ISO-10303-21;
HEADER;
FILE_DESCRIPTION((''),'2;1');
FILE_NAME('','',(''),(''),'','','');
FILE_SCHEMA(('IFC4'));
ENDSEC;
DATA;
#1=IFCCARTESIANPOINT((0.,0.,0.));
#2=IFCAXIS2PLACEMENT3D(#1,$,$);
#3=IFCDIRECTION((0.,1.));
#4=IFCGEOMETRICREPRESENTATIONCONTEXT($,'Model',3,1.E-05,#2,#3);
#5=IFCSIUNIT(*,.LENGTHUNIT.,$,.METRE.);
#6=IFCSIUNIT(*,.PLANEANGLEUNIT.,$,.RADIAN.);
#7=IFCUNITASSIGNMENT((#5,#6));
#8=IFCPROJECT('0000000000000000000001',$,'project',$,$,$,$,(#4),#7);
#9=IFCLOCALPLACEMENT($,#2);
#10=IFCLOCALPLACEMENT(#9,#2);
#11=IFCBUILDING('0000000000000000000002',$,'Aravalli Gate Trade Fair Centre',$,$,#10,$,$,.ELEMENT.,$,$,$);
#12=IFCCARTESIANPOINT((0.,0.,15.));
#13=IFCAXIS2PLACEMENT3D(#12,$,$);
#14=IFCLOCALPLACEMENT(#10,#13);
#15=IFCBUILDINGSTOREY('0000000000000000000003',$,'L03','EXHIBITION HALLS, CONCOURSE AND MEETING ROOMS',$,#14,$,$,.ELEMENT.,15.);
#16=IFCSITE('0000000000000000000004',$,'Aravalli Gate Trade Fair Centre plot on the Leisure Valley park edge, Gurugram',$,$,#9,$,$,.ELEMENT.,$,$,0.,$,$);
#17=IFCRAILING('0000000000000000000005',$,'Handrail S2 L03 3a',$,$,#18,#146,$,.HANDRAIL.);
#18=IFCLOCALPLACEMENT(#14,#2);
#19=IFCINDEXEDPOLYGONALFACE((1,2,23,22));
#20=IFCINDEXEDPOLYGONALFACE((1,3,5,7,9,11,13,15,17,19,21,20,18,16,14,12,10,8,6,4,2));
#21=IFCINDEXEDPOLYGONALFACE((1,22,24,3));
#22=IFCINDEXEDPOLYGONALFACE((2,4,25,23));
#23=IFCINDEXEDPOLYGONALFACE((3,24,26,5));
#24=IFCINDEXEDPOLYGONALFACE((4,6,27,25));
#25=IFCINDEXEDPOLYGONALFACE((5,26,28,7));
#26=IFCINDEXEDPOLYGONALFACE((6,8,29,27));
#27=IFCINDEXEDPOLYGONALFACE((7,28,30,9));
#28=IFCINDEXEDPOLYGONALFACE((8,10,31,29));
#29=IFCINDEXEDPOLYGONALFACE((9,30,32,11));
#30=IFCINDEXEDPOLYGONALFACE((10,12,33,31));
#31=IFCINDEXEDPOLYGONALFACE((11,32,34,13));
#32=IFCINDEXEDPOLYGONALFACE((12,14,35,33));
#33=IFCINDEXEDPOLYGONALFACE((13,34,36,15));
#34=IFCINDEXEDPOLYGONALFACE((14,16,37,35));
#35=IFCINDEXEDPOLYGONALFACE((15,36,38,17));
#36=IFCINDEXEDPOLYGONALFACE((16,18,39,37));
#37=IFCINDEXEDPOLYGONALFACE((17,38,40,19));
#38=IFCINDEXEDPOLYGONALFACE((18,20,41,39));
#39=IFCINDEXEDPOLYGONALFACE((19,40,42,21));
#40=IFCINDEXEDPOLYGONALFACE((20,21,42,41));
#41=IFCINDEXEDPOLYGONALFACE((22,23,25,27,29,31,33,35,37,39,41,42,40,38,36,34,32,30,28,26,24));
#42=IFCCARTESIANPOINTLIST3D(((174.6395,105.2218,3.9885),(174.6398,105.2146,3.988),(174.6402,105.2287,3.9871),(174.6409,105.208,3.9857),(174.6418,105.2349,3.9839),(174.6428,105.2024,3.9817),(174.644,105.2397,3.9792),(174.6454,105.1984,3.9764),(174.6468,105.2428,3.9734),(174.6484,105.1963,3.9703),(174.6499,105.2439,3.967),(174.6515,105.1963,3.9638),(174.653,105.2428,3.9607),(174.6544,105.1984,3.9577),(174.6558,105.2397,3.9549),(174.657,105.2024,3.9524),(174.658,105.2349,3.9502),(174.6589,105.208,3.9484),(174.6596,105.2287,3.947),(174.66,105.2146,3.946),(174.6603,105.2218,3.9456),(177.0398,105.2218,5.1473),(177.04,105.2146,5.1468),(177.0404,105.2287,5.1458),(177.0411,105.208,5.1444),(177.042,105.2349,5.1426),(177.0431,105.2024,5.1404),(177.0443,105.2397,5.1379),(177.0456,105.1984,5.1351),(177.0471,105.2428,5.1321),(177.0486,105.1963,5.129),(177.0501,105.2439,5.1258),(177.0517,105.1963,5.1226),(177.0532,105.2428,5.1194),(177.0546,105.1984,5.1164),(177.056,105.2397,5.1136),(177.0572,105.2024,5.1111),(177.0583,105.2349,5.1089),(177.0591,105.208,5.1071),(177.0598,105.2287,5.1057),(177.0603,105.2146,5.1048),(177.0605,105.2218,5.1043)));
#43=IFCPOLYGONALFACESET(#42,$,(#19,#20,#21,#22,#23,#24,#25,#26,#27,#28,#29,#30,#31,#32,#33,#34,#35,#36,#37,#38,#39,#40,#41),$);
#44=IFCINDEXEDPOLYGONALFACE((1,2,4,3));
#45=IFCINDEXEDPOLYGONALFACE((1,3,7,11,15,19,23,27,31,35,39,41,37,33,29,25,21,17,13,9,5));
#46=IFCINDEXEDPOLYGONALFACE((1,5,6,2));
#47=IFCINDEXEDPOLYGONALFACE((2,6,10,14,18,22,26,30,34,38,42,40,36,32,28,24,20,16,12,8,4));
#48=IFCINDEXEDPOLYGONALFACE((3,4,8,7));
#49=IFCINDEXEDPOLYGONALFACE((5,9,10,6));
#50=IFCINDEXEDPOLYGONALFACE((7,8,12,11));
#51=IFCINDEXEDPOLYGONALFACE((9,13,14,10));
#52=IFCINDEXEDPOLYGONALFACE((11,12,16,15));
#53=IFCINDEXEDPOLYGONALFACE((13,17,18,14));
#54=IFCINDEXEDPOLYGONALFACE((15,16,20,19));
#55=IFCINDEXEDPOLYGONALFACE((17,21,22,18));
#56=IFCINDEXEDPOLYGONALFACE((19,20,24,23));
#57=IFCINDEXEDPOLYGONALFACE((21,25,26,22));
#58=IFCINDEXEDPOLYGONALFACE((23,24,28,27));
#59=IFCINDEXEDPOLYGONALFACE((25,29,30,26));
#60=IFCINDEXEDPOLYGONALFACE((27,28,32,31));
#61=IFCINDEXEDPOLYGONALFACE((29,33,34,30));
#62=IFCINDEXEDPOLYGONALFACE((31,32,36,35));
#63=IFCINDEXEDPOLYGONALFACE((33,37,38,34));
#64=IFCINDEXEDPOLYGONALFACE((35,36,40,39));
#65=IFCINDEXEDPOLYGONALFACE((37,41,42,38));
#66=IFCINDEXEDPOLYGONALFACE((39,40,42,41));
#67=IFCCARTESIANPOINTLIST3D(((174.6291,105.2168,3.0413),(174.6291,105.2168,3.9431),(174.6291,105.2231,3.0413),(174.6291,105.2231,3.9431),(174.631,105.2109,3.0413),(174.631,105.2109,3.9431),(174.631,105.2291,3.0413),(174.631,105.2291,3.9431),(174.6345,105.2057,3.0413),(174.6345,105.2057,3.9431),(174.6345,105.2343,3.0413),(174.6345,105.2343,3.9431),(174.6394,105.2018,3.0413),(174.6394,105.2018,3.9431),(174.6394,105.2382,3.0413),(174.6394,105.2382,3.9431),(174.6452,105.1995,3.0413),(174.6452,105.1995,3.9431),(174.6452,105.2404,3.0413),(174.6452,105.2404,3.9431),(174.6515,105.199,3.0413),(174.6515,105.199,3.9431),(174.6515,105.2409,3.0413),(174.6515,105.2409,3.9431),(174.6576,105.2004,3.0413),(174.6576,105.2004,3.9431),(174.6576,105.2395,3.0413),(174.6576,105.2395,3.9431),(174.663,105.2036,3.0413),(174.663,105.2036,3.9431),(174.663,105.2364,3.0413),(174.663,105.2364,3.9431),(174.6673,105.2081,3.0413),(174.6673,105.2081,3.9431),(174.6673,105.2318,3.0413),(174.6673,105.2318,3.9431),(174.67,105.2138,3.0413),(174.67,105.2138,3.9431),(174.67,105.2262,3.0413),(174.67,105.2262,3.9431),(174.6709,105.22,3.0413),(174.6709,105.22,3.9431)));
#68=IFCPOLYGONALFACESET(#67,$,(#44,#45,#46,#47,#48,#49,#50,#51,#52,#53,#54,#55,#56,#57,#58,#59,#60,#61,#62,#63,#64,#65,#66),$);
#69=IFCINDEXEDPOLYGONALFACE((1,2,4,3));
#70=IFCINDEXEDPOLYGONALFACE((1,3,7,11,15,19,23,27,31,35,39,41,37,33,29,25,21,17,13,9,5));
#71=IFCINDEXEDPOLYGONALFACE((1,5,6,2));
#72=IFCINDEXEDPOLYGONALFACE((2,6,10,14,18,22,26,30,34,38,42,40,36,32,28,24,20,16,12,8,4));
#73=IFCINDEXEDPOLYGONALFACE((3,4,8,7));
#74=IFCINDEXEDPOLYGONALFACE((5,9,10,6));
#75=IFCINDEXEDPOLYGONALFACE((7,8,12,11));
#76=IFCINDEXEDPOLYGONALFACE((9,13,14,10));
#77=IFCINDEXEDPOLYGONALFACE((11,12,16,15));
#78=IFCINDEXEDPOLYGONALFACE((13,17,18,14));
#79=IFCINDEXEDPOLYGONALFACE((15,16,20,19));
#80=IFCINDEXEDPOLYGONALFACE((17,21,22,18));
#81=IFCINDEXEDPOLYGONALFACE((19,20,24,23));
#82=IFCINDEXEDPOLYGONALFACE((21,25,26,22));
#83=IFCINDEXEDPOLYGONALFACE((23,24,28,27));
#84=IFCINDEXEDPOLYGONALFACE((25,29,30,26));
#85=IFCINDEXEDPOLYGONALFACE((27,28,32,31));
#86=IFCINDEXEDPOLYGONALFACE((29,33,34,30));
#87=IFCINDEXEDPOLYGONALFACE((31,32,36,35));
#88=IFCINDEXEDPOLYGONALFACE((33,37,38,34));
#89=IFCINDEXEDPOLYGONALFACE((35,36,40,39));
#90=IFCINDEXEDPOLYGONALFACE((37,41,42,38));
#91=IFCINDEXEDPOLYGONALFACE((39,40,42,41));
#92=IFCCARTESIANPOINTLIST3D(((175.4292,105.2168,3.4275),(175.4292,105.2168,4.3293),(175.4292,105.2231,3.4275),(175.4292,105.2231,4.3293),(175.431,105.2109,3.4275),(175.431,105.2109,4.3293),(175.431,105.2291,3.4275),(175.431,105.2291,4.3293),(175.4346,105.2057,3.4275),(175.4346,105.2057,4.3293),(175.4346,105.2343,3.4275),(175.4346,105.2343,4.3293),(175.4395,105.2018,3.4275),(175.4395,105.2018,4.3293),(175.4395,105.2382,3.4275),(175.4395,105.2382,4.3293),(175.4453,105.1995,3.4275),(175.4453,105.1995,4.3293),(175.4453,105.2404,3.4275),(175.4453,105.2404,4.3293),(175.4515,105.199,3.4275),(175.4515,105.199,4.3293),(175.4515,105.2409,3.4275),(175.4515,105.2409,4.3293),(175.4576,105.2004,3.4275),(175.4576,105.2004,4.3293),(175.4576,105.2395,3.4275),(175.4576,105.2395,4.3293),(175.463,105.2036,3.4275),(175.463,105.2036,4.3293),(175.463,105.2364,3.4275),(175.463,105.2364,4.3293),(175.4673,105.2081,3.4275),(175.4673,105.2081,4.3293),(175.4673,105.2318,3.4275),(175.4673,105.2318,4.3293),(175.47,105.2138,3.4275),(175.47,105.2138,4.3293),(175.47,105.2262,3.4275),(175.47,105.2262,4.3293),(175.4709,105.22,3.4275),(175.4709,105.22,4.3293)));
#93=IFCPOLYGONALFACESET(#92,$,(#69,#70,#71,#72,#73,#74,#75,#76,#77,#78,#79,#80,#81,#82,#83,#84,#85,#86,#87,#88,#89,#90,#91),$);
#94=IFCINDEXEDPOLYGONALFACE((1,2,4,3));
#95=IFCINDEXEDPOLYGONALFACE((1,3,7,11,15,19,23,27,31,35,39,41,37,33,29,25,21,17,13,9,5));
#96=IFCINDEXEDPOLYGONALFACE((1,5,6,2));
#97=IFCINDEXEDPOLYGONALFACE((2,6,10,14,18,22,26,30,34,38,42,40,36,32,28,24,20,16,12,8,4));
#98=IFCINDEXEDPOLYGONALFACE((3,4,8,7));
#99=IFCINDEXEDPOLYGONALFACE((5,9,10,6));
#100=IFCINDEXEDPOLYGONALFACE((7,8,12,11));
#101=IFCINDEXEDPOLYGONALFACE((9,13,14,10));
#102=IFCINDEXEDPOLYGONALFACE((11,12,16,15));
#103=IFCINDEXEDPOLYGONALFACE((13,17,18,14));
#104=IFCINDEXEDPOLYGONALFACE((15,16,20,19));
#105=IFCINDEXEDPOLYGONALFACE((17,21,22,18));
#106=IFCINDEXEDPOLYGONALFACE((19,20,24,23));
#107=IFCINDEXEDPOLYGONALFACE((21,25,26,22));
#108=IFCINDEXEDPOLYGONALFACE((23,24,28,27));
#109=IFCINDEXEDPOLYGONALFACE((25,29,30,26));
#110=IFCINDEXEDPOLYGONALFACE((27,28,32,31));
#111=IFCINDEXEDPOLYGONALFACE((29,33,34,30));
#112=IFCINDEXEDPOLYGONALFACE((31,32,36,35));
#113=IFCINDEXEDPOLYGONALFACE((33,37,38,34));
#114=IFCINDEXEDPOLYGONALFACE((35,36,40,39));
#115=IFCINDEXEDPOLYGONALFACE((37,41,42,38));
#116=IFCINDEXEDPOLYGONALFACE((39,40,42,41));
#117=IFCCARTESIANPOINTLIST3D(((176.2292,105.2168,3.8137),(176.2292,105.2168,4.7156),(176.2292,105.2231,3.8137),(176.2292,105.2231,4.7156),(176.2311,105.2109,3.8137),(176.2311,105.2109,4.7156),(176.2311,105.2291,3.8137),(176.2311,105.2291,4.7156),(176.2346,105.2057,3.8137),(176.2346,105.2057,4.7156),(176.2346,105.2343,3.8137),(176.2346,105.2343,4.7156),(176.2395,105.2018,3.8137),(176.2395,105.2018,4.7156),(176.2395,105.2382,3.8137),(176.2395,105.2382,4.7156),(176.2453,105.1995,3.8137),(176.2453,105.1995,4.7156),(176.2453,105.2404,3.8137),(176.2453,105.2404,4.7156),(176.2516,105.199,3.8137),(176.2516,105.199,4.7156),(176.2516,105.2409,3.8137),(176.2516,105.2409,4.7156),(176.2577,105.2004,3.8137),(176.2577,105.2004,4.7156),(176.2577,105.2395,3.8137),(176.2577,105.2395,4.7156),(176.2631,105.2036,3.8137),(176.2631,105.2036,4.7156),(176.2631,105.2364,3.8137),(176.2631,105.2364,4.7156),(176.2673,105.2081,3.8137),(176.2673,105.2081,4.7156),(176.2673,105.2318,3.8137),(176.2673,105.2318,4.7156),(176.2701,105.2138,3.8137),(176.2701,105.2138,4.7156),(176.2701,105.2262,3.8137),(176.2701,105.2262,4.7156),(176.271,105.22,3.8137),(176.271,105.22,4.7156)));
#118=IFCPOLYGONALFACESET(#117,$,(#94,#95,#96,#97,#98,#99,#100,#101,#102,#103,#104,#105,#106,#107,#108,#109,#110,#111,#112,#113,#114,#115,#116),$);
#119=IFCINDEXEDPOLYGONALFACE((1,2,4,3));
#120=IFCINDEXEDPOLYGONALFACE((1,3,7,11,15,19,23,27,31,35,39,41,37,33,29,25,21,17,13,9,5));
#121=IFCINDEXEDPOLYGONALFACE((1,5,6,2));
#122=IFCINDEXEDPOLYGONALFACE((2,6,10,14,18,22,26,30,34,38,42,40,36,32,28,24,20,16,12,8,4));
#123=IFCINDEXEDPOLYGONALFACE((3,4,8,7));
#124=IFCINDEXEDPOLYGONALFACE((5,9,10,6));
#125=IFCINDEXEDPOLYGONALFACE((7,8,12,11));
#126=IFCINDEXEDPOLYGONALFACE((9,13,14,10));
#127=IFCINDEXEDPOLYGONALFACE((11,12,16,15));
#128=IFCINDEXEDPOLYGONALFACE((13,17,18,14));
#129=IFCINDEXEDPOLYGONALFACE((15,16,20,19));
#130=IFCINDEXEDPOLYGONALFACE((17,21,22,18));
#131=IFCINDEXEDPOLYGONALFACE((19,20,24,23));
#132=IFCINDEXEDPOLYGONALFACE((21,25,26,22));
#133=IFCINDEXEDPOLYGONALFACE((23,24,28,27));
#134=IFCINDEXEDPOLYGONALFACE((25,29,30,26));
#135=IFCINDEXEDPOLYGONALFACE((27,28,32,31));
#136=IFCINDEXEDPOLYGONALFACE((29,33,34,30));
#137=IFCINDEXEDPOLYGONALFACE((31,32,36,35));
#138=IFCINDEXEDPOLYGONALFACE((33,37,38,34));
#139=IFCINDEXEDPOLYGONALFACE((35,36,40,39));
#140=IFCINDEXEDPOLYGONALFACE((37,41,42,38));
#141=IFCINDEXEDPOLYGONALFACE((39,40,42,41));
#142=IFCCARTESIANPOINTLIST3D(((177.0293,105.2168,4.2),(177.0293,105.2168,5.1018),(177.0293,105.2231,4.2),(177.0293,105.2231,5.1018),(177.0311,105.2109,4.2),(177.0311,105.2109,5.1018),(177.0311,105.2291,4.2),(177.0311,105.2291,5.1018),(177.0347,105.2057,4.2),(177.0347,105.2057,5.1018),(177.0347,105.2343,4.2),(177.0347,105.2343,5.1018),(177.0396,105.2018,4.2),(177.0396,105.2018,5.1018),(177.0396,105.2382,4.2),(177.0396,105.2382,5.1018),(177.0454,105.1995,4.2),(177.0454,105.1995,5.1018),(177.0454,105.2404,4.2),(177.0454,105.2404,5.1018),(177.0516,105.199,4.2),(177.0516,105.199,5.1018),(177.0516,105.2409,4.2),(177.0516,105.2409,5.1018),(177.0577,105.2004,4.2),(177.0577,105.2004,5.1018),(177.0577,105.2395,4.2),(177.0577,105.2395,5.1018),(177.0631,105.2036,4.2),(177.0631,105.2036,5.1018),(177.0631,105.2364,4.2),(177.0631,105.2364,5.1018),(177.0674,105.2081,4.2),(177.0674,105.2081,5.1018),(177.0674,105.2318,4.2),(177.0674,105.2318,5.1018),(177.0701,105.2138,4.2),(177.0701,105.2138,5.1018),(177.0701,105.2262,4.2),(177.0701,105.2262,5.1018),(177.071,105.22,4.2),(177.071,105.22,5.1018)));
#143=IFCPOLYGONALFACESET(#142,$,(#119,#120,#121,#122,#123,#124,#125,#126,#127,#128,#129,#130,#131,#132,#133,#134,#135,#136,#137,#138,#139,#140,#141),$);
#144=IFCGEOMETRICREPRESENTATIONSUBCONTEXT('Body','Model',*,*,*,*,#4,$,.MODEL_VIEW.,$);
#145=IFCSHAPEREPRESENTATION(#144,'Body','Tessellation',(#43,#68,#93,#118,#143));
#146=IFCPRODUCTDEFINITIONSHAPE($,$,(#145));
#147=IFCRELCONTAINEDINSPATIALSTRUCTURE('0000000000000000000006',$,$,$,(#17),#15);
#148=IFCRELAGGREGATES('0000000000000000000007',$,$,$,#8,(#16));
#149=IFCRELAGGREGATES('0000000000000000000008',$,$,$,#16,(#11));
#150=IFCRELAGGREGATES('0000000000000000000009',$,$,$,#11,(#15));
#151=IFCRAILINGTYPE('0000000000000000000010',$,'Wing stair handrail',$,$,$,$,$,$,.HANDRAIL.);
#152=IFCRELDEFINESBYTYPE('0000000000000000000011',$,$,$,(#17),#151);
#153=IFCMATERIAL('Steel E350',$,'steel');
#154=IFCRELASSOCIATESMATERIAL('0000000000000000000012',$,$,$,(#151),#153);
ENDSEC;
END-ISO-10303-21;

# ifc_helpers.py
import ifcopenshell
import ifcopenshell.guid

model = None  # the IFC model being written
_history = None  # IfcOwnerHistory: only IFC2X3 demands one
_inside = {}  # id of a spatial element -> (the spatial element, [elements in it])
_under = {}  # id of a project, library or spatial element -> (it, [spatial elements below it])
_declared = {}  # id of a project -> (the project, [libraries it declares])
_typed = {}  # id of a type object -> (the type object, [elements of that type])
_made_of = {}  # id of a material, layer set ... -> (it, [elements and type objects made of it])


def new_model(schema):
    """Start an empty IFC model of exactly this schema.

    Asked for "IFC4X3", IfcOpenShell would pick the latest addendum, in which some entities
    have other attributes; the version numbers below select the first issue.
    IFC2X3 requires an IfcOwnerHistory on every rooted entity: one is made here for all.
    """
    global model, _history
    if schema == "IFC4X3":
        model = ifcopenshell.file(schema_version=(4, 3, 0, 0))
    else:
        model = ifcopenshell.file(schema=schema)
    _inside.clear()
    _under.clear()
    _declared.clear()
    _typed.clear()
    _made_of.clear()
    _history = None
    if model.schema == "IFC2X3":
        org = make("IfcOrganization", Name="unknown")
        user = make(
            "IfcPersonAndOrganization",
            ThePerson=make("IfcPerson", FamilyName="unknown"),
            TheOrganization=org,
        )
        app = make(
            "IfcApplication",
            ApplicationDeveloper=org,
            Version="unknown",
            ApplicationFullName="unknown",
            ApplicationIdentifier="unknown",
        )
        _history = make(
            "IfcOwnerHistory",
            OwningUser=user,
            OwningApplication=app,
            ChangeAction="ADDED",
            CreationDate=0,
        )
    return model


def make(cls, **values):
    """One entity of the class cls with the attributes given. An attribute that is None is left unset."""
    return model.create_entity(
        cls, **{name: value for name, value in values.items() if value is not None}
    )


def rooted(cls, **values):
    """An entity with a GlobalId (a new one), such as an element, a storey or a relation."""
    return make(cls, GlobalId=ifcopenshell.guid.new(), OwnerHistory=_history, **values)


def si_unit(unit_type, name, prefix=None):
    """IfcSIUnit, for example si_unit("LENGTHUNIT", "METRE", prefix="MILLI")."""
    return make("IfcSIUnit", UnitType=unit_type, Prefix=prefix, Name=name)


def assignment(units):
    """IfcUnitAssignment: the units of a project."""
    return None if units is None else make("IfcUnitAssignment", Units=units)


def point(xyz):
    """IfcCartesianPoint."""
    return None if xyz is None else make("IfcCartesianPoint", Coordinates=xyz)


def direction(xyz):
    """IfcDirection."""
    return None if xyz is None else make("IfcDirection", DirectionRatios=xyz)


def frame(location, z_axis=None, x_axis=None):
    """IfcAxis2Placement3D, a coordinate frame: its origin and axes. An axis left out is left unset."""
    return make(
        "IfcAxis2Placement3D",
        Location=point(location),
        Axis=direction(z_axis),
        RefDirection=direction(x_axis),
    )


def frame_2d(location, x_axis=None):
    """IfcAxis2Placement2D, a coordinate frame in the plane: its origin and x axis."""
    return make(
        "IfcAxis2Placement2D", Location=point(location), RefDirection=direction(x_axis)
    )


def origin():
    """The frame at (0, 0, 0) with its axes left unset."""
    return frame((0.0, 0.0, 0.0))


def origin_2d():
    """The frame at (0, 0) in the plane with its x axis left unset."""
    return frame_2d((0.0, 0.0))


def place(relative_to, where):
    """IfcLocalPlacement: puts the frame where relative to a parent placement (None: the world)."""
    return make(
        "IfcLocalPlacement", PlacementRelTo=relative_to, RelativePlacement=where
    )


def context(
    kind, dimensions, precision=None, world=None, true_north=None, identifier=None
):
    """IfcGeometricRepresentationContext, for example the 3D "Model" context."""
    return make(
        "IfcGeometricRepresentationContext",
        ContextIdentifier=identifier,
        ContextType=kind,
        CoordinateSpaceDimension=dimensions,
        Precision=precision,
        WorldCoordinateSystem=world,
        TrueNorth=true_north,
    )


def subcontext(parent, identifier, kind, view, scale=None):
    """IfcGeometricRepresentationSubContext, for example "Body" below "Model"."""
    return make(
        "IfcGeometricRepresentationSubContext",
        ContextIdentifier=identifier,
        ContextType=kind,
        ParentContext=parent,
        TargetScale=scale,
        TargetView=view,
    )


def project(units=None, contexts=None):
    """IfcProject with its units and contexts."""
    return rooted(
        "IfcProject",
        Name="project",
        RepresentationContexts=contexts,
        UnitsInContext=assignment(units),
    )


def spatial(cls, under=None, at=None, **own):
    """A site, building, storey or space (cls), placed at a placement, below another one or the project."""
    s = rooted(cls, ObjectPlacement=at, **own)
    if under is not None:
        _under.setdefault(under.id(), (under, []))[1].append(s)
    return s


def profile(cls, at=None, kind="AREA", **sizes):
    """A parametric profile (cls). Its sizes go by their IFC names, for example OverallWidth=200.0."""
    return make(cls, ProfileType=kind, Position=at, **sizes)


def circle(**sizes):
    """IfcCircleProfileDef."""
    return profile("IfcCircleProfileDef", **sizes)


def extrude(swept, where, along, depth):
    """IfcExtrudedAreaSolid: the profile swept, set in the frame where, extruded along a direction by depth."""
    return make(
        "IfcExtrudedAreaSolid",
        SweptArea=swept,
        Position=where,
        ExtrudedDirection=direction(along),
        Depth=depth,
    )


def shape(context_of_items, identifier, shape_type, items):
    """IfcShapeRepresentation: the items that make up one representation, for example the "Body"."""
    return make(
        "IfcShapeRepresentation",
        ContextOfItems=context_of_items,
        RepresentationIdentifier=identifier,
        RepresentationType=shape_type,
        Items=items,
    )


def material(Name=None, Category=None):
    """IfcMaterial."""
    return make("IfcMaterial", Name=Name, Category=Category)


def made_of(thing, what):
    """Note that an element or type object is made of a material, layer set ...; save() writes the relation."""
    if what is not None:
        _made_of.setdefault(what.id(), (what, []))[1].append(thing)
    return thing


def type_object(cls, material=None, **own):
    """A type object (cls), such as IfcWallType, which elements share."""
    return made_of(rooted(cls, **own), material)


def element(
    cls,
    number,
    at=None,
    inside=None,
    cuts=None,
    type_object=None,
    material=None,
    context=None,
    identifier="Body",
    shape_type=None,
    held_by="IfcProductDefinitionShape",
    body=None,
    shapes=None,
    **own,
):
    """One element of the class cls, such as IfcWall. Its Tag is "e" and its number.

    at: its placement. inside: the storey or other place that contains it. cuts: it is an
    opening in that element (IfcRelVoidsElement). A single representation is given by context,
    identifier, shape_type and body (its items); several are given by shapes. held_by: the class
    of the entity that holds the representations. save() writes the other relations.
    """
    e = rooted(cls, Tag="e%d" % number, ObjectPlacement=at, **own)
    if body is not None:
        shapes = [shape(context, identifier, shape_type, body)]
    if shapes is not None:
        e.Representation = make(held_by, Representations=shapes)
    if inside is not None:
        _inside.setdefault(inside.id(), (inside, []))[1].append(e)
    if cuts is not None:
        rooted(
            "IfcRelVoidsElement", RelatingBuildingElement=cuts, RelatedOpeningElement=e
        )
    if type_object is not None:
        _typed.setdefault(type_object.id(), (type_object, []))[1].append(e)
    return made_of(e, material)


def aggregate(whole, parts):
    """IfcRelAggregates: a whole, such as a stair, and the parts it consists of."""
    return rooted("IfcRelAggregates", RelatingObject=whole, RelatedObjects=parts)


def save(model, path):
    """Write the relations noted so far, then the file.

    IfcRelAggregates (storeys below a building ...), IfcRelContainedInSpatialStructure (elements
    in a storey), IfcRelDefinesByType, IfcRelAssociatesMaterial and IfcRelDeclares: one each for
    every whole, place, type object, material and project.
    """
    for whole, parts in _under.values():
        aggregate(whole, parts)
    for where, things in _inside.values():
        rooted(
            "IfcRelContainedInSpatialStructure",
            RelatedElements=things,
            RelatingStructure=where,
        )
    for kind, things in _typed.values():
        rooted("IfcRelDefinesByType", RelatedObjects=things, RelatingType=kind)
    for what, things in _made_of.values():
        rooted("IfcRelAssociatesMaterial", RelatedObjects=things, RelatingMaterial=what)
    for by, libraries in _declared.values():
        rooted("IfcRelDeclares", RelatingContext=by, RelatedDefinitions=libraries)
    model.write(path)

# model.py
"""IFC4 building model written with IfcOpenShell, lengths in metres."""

from ifc_helpers import new_model, si_unit, direction, frame, origin, origin_2d, place, context, subcontext, project, spatial, circle, extrude, material, type_object, element, save


model = new_model("IFC4")

# Units and contexts
model_context = context("Model", 3, precision=1e-05, world=origin(), true_north=direction((0.0, 1.0)))
body_context = subcontext(model_context, "Body", "Model", "MODEL_VIEW")
ifc_project = project(units=[si_unit("LENGTHUNIT", "METRE"), si_unit("PLANEANGLEUNIT", "RADIAN")], contexts=[model_context])

# Site, building, storey
site_placement = place(None, origin())
site = spatial("IfcSite", under=ifc_project, at=site_placement, Name="Aravalli Gate Trade Fair Centre plot on the Leisure Valley park edge, Gurugram", CompositionType="ELEMENT", RefElevation=0.0)
building_placement = place(site_placement, origin())
building = spatial("IfcBuilding", under=site, at=building_placement, Name="Aravalli Gate Trade Fair Centre", CompositionType="ELEMENT")
storey_placement = place(building_placement, frame((0.0, 0.0, 15.0)))
storey = spatial("IfcBuildingStorey", under=building, at=storey_placement, Name="L03", Description="EXHIBITION HALLS, CONCOURSE AND MEETING ROOMS", CompositionType="ELEMENT", Elevation=15.0)

# Railing
ifc_material_1 = material(Name="Steel E350", Category="steel")
railing_type = type_object("IfcRailingType", Name="Wing stair handrail", PredefinedType="HANDRAIL", material=ifc_material_1)
railing_placement = place(storey_placement, frame((174.6499, 105.22, 3.0413)))
element("IfcRailing", 1, at=railing_placement, inside=storey, type_object=railing_type, Name="Handrail S2 L03 3a", PredefinedType="HANDRAIL", context=body_context, shape_type="SweptSolid", body=[
    extrude(circle(Radius=0.0239, at=origin_2d()), frame((0.0, 0.0, 0.9258), z_axis=(0.900552, 0.0, 0.434749), x_axis=(0.0, 1.0, 0.0)), (0.0, 0.0, 1.0), 2.6653),
    extrude(circle(Radius=0.021, at=origin_2d()), origin(), (0.0, 0.0, 1.0), 0.9019),
    extrude(circle(Radius=0.021, at=origin_2d()), frame((0.8, 0.0, 0.3862)), (0.0, 0.0, 1.0), 0.9019),
    extrude(circle(Radius=0.021, at=origin_2d()), frame((1.6001, 0.0, 0.7725)), (0.0, 0.0, 1.0), 0.9019),
    extrude(circle(Radius=0.021, at=origin_2d()), frame((2.4001, 0.0, 1.1587)), (0.0, 0.0, 1.0), 0.9019),
])

save(model, "model.ifc")
